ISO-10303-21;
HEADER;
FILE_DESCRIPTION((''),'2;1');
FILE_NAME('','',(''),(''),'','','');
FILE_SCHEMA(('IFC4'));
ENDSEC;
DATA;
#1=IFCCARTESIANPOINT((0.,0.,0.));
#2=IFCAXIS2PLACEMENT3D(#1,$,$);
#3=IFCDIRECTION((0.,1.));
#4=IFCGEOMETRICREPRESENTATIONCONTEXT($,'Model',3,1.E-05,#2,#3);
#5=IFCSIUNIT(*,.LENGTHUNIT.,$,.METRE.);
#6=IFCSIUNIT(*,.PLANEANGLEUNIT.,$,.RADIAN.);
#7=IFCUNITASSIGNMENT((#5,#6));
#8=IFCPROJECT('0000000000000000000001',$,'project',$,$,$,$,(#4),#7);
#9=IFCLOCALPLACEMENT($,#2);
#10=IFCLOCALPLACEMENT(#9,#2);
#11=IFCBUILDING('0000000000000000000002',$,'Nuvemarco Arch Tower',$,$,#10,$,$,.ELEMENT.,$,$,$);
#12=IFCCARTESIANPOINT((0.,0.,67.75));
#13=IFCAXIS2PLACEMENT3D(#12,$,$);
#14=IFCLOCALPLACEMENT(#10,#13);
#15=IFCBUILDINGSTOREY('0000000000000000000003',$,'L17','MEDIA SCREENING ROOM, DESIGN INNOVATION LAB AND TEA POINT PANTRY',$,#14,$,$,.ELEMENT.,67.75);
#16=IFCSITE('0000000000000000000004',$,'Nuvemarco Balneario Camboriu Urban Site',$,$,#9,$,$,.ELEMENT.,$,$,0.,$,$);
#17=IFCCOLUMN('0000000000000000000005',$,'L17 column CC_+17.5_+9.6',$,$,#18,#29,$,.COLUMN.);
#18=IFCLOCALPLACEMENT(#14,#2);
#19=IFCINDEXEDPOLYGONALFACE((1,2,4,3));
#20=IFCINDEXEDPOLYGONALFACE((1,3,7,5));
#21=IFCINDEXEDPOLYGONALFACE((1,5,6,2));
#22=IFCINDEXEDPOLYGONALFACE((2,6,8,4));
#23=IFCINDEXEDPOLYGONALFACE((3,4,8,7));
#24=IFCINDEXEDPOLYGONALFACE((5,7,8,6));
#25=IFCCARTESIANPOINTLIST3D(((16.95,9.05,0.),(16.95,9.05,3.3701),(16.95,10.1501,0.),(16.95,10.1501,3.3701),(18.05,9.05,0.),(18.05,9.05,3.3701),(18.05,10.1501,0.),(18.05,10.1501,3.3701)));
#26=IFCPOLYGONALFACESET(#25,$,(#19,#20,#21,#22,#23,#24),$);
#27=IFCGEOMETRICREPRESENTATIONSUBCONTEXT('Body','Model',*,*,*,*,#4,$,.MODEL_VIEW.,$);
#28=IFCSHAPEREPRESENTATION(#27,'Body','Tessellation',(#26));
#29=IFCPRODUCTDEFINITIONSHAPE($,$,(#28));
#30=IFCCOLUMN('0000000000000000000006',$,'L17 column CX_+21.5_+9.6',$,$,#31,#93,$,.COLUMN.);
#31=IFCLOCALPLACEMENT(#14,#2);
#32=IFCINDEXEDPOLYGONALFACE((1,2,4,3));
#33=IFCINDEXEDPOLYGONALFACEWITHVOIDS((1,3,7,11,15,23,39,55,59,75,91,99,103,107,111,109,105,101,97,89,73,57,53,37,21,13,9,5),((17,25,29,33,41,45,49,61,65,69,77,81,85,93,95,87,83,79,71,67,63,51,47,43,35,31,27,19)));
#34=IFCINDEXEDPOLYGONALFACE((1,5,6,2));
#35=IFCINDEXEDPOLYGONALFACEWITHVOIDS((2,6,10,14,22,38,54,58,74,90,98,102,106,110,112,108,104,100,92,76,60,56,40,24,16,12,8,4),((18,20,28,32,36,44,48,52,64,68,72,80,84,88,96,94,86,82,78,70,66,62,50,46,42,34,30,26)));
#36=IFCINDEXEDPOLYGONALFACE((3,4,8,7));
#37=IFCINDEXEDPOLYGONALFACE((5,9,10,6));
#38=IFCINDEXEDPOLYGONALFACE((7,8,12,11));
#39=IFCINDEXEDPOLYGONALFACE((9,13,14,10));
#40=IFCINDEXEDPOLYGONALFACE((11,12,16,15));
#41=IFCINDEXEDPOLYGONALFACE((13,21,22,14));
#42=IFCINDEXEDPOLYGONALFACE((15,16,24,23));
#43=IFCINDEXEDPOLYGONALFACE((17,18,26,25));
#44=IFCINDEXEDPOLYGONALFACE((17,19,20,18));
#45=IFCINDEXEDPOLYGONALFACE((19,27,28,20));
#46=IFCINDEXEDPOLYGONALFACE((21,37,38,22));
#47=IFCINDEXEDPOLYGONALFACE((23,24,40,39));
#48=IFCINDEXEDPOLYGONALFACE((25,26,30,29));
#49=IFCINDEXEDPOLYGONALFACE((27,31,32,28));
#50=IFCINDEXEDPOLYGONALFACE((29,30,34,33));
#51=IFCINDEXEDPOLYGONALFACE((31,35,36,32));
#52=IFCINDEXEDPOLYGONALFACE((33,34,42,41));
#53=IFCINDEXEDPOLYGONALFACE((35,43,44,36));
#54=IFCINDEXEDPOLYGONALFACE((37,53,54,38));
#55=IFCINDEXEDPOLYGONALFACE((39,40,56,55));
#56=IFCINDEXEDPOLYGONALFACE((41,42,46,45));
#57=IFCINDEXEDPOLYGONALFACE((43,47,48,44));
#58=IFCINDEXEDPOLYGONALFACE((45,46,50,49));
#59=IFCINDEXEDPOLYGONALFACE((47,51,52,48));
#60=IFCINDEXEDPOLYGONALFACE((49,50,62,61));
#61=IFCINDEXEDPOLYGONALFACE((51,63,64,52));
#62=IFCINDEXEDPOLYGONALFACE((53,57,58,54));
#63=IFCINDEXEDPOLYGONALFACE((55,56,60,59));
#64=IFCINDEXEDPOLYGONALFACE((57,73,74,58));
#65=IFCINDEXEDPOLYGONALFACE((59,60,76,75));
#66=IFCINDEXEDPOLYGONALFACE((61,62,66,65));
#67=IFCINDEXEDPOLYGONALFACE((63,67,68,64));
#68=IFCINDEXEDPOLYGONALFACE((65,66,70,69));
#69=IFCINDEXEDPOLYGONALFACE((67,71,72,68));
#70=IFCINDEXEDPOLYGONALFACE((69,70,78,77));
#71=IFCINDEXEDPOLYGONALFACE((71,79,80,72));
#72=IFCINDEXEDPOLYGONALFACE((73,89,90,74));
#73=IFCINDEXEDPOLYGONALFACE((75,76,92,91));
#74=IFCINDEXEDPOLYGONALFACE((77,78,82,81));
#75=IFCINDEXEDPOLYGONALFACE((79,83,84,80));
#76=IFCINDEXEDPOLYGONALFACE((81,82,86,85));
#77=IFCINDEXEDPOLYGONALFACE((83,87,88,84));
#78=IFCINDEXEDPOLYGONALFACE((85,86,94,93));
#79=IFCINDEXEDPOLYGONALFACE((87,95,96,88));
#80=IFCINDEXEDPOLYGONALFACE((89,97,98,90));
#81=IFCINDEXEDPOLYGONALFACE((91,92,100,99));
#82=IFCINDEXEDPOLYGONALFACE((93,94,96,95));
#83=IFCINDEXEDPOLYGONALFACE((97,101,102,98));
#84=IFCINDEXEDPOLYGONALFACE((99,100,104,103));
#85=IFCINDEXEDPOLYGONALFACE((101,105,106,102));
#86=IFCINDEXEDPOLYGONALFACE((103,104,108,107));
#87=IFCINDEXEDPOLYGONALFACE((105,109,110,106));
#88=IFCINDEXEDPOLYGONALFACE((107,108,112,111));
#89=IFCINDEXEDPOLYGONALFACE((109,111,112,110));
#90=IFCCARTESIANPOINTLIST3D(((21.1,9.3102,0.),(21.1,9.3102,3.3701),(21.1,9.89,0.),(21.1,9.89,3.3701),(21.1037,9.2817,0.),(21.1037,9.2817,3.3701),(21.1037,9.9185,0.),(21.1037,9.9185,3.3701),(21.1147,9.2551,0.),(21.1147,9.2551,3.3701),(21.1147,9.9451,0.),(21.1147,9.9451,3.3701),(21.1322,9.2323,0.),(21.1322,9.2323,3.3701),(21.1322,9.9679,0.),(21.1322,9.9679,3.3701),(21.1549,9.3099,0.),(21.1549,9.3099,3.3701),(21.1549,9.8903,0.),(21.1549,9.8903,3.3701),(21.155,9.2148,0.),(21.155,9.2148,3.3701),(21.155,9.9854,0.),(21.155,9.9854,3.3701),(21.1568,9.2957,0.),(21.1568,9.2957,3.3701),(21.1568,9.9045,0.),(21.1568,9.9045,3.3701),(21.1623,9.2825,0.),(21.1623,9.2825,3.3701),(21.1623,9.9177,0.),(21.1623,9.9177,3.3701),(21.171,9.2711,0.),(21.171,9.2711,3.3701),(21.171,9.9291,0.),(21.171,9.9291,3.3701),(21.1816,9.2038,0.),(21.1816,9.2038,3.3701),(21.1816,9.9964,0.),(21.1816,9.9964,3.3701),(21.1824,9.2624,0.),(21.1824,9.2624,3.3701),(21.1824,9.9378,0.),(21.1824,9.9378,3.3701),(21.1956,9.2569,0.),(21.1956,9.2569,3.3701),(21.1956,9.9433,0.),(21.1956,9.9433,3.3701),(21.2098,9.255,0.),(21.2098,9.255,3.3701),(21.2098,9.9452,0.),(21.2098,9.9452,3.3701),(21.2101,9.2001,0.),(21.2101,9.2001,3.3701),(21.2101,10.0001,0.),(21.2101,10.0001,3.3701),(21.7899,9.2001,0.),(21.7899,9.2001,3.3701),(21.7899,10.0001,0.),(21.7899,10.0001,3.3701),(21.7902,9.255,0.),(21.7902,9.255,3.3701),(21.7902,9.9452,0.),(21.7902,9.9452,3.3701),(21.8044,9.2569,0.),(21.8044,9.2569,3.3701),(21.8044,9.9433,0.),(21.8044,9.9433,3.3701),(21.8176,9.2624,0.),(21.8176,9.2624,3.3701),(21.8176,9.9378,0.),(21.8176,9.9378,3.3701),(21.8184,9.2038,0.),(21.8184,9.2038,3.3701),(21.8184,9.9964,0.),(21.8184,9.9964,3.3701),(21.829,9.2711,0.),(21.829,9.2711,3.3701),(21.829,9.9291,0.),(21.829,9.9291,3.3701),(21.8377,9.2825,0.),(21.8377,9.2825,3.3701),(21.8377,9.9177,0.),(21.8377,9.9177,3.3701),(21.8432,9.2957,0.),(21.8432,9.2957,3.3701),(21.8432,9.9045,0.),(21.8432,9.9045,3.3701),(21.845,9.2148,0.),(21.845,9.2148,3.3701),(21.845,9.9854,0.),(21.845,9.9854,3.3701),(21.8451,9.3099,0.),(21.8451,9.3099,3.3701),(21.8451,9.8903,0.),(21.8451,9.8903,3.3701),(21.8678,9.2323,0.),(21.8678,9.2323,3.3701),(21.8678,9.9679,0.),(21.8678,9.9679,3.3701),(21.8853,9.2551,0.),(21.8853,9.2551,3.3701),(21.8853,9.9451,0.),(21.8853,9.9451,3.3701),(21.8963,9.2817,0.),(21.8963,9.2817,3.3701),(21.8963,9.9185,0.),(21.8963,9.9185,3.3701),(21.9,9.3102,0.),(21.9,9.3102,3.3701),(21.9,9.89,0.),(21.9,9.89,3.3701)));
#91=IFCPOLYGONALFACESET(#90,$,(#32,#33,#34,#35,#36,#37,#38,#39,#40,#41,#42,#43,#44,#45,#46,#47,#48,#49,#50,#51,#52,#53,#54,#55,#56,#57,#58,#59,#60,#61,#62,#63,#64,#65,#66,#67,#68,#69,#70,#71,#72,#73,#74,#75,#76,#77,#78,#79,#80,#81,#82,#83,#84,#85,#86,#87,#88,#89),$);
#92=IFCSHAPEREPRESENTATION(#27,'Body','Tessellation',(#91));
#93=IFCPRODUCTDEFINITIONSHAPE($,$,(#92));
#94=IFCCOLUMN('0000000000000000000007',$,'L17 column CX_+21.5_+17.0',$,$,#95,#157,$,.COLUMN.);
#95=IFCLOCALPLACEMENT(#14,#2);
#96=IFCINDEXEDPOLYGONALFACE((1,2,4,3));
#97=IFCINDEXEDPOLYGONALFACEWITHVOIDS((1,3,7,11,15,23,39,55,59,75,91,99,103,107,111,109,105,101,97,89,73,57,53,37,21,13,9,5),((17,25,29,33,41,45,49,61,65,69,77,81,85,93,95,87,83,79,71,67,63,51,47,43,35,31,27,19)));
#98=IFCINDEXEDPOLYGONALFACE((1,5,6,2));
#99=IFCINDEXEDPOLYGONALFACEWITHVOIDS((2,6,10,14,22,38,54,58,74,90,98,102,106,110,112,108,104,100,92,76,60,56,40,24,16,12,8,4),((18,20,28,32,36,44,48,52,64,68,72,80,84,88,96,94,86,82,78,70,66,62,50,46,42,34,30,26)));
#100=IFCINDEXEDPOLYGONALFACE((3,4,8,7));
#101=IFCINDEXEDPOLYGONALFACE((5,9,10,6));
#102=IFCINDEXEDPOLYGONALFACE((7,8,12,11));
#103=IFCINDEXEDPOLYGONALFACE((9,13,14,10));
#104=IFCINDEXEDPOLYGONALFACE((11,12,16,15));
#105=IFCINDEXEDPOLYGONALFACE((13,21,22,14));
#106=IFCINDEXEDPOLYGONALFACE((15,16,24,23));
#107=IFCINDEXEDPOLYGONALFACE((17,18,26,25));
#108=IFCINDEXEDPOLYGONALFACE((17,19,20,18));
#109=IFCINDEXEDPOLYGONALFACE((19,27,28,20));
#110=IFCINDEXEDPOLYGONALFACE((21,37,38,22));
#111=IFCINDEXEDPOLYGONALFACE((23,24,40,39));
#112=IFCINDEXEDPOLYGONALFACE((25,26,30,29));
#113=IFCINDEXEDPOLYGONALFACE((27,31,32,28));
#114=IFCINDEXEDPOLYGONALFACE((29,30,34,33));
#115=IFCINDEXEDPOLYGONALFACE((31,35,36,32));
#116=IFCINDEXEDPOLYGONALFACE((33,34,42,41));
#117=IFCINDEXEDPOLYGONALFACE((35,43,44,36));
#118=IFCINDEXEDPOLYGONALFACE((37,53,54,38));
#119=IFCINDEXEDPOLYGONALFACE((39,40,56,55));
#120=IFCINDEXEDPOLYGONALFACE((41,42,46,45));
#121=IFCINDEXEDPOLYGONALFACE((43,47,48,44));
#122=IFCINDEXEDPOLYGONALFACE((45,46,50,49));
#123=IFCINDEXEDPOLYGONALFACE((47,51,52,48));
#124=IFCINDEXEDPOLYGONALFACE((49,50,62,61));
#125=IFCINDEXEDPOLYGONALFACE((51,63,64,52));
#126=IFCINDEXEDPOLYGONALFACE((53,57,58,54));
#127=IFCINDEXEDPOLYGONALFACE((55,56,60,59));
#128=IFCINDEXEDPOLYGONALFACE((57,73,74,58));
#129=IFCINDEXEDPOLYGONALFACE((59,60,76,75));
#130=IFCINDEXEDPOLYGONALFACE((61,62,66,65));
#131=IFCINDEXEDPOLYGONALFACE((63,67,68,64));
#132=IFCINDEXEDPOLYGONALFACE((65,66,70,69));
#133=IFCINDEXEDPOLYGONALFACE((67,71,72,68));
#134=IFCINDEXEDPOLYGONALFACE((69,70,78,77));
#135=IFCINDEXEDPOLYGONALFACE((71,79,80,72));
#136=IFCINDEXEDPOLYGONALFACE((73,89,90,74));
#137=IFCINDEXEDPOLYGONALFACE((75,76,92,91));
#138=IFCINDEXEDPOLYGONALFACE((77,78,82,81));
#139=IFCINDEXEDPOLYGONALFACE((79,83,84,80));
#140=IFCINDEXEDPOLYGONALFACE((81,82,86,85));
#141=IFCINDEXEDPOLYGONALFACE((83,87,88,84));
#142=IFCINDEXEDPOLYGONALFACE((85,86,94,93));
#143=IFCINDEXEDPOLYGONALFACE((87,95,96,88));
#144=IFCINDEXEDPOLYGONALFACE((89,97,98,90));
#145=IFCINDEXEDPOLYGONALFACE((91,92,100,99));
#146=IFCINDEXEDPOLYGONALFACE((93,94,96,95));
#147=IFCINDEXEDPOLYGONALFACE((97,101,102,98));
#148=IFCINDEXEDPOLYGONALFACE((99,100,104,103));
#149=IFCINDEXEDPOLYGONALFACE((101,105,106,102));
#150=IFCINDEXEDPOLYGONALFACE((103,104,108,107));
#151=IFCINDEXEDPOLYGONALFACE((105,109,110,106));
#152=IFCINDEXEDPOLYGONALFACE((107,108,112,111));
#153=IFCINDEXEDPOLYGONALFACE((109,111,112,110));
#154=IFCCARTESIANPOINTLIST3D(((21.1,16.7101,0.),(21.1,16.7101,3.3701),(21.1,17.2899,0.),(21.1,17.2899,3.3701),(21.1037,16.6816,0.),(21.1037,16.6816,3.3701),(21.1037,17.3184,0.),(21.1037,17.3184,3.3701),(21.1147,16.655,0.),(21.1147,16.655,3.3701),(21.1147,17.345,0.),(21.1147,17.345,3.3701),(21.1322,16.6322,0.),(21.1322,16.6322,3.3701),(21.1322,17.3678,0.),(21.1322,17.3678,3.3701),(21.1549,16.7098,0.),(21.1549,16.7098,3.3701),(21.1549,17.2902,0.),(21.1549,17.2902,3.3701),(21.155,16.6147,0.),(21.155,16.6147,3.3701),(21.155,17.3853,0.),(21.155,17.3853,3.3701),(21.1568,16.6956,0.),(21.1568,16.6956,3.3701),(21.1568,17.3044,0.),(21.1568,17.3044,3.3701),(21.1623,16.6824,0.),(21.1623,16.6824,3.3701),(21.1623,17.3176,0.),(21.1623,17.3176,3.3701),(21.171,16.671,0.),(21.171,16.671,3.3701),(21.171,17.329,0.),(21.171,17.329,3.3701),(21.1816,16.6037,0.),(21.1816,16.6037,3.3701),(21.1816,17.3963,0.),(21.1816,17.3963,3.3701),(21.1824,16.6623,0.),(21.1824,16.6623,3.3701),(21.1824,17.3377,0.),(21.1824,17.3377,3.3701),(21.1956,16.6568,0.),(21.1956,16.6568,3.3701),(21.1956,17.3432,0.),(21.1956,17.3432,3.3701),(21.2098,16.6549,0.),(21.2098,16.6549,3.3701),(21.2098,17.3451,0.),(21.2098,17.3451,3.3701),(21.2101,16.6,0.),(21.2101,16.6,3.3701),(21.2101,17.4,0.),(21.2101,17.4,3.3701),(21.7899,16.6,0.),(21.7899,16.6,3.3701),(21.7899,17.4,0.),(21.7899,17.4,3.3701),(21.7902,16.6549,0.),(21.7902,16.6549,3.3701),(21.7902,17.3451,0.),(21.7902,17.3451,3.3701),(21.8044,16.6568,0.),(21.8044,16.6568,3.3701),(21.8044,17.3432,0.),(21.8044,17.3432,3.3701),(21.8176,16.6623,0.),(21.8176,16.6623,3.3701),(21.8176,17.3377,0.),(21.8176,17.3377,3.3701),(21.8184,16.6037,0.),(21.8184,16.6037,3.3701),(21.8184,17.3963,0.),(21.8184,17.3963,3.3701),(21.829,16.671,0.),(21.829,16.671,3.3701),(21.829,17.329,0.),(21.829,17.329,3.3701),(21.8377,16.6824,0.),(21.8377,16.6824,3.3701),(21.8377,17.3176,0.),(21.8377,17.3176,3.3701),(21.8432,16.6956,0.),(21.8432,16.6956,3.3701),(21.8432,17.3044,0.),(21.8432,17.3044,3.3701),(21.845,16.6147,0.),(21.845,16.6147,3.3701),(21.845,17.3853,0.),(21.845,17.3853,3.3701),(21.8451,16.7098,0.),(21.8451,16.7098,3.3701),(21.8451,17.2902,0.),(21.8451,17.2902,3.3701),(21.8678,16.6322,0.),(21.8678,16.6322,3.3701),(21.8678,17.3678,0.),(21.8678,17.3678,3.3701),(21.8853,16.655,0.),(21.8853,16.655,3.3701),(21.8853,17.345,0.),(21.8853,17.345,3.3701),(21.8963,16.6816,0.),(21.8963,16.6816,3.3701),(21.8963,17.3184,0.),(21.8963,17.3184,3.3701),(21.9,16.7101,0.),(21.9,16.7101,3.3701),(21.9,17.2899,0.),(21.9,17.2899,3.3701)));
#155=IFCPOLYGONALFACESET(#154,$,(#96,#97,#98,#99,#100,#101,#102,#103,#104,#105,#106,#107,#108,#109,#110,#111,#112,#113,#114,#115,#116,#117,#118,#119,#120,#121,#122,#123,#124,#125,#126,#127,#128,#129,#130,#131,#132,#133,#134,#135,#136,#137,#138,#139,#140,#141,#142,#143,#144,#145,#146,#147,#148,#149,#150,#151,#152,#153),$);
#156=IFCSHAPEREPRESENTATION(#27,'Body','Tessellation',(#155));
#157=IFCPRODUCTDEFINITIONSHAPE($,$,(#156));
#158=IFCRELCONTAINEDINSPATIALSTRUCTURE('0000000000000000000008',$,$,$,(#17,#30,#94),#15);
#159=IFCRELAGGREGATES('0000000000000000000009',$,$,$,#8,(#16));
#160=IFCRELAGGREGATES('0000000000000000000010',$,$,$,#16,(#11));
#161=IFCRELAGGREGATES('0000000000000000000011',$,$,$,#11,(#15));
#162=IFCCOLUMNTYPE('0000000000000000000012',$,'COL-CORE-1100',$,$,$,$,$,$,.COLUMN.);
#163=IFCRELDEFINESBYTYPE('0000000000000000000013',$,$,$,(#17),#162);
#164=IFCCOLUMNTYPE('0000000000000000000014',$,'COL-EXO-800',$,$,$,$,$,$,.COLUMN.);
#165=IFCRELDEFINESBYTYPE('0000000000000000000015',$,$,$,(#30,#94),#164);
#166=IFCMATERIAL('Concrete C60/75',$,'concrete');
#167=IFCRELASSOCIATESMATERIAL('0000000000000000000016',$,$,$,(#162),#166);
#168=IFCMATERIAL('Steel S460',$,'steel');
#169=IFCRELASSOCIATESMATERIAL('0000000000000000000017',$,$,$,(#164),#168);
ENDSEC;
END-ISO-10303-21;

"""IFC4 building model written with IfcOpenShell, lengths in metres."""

from ifc_helpers import new_model, si_unit, direction, frame, origin, origin_2d, place, context, subcontext, project, spatial, rectangle, hollow_rectangle, extrude, material, material_profile, profile_set, type_object, element, save


model = new_model("IFC4")

# Units and contexts
model_context = context("Model", 3, precision=1e-05, world=origin(), true_north=direction((0.0, 1.0)))
body_context = subcontext(model_context, "Body", "Model", "MODEL_VIEW")
ifc_project = project(units=[si_unit("LENGTHUNIT", "METRE"), si_unit("PLANEANGLEUNIT", "RADIAN")], contexts=[model_context])

# Site, building, storey
site_placement = place(None, origin())
site = spatial("IfcSite", under=ifc_project, at=site_placement, Name="Nuvemarco Balneario Camboriu Urban Site", CompositionType="ELEMENT", RefElevation=0.0)
building_placement = place(site_placement, origin())
building = spatial("IfcBuilding", under=site, at=building_placement, Name="Nuvemarco Arch Tower", CompositionType="ELEMENT")
storey_placement = place(building_placement, frame((0.0, 0.0, 67.75)))
storey = spatial("IfcBuildingStorey", under=building, at=storey_placement, Name="L17", Description="MEDIA SCREENING ROOM, DESIGN INNOVATION LAB AND TEA POINT PANTRY", CompositionType="ELEMENT", Elevation=67.75)

# Columns
ifc_material_1 = material(Name="Concrete C60/75", Category="concrete")
ifc_material_profile_1 = material_profile(ifc_material_1, rectangle(XDim=1.1001, YDim=1.1001, at=origin_2d()), Name="RC-COL-1100x1100")
ifc_profile_set_1 = profile_set([ifc_material_profile_1], Name="Concrete C60/75")
column_type_1 = type_object("IfcColumnType", Name="COL-CORE-1100", PredefinedType="COLUMN", material=ifc_profile_set_1)
column_1_placement = place(storey_placement, frame((17.5, 9.6001, 0.0), z_axis=(0.0, 0.0, 1.0), x_axis=(1.0, 0.0, 0.0)))
element("IfcColumn", 1, at=column_1_placement, inside=storey, type_object=column_type_1, Name="L17 column CC_+17.5_+9.6", PredefinedType="COLUMN", context=body_context, shape_type="SweptSolid", body=[
    extrude(rectangle(XDim=1.1001, YDim=1.1001, at=origin_2d()), origin(), (0.0, 0.0, 1.0), 3.3701),
])
ifc_material_2 = material(Name="Steel S460", Category="steel")
ifc_material_profile_2 = material_profile(ifc_material_2, hollow_rectangle(XDim=0.8, YDim=0.8, WallThickness=0.0549, InnerFilletRadius=0.0549, OuterFilletRadius=0.1101, at=origin_2d()), Name="SHS800x800x55")
ifc_profile_set_2 = profile_set([ifc_material_profile_2], Name="Steel S460")
column_type_2 = type_object("IfcColumnType", Name="COL-EXO-800", PredefinedType="COLUMN", material=ifc_profile_set_2)
for number, where, z_axis, x_axis, name in (
    (2, (21.5, 9.6001, 0.0), (0.0, 0.0, 1.0), (1.0, 0.0, 0.0), "L17 column CX_+21.5_+9.6"),
    (3, (21.5, 17.0, 0.0), (0.0, 0.0, 1.0), (1.0, 0.0, 0.0), "L17 column CX_+21.5_+17.0"),
):
    element("IfcColumn", number, at=place(storey_placement, frame(where, z_axis=z_axis, x_axis=x_axis)), inside=storey, type_object=column_type_2, Name=name, PredefinedType="COLUMN", context=body_context, shape_type="SweptSolid", body=[
        extrude(hollow_rectangle(XDim=0.8, YDim=0.8, WallThickness=0.0549, InnerFilletRadius=0.0549, OuterFilletRadius=0.1101, at=origin_2d()), origin(), (0.0, 0.0, 1.0), 3.3701),
    ])

save(model, "model.ifc")
